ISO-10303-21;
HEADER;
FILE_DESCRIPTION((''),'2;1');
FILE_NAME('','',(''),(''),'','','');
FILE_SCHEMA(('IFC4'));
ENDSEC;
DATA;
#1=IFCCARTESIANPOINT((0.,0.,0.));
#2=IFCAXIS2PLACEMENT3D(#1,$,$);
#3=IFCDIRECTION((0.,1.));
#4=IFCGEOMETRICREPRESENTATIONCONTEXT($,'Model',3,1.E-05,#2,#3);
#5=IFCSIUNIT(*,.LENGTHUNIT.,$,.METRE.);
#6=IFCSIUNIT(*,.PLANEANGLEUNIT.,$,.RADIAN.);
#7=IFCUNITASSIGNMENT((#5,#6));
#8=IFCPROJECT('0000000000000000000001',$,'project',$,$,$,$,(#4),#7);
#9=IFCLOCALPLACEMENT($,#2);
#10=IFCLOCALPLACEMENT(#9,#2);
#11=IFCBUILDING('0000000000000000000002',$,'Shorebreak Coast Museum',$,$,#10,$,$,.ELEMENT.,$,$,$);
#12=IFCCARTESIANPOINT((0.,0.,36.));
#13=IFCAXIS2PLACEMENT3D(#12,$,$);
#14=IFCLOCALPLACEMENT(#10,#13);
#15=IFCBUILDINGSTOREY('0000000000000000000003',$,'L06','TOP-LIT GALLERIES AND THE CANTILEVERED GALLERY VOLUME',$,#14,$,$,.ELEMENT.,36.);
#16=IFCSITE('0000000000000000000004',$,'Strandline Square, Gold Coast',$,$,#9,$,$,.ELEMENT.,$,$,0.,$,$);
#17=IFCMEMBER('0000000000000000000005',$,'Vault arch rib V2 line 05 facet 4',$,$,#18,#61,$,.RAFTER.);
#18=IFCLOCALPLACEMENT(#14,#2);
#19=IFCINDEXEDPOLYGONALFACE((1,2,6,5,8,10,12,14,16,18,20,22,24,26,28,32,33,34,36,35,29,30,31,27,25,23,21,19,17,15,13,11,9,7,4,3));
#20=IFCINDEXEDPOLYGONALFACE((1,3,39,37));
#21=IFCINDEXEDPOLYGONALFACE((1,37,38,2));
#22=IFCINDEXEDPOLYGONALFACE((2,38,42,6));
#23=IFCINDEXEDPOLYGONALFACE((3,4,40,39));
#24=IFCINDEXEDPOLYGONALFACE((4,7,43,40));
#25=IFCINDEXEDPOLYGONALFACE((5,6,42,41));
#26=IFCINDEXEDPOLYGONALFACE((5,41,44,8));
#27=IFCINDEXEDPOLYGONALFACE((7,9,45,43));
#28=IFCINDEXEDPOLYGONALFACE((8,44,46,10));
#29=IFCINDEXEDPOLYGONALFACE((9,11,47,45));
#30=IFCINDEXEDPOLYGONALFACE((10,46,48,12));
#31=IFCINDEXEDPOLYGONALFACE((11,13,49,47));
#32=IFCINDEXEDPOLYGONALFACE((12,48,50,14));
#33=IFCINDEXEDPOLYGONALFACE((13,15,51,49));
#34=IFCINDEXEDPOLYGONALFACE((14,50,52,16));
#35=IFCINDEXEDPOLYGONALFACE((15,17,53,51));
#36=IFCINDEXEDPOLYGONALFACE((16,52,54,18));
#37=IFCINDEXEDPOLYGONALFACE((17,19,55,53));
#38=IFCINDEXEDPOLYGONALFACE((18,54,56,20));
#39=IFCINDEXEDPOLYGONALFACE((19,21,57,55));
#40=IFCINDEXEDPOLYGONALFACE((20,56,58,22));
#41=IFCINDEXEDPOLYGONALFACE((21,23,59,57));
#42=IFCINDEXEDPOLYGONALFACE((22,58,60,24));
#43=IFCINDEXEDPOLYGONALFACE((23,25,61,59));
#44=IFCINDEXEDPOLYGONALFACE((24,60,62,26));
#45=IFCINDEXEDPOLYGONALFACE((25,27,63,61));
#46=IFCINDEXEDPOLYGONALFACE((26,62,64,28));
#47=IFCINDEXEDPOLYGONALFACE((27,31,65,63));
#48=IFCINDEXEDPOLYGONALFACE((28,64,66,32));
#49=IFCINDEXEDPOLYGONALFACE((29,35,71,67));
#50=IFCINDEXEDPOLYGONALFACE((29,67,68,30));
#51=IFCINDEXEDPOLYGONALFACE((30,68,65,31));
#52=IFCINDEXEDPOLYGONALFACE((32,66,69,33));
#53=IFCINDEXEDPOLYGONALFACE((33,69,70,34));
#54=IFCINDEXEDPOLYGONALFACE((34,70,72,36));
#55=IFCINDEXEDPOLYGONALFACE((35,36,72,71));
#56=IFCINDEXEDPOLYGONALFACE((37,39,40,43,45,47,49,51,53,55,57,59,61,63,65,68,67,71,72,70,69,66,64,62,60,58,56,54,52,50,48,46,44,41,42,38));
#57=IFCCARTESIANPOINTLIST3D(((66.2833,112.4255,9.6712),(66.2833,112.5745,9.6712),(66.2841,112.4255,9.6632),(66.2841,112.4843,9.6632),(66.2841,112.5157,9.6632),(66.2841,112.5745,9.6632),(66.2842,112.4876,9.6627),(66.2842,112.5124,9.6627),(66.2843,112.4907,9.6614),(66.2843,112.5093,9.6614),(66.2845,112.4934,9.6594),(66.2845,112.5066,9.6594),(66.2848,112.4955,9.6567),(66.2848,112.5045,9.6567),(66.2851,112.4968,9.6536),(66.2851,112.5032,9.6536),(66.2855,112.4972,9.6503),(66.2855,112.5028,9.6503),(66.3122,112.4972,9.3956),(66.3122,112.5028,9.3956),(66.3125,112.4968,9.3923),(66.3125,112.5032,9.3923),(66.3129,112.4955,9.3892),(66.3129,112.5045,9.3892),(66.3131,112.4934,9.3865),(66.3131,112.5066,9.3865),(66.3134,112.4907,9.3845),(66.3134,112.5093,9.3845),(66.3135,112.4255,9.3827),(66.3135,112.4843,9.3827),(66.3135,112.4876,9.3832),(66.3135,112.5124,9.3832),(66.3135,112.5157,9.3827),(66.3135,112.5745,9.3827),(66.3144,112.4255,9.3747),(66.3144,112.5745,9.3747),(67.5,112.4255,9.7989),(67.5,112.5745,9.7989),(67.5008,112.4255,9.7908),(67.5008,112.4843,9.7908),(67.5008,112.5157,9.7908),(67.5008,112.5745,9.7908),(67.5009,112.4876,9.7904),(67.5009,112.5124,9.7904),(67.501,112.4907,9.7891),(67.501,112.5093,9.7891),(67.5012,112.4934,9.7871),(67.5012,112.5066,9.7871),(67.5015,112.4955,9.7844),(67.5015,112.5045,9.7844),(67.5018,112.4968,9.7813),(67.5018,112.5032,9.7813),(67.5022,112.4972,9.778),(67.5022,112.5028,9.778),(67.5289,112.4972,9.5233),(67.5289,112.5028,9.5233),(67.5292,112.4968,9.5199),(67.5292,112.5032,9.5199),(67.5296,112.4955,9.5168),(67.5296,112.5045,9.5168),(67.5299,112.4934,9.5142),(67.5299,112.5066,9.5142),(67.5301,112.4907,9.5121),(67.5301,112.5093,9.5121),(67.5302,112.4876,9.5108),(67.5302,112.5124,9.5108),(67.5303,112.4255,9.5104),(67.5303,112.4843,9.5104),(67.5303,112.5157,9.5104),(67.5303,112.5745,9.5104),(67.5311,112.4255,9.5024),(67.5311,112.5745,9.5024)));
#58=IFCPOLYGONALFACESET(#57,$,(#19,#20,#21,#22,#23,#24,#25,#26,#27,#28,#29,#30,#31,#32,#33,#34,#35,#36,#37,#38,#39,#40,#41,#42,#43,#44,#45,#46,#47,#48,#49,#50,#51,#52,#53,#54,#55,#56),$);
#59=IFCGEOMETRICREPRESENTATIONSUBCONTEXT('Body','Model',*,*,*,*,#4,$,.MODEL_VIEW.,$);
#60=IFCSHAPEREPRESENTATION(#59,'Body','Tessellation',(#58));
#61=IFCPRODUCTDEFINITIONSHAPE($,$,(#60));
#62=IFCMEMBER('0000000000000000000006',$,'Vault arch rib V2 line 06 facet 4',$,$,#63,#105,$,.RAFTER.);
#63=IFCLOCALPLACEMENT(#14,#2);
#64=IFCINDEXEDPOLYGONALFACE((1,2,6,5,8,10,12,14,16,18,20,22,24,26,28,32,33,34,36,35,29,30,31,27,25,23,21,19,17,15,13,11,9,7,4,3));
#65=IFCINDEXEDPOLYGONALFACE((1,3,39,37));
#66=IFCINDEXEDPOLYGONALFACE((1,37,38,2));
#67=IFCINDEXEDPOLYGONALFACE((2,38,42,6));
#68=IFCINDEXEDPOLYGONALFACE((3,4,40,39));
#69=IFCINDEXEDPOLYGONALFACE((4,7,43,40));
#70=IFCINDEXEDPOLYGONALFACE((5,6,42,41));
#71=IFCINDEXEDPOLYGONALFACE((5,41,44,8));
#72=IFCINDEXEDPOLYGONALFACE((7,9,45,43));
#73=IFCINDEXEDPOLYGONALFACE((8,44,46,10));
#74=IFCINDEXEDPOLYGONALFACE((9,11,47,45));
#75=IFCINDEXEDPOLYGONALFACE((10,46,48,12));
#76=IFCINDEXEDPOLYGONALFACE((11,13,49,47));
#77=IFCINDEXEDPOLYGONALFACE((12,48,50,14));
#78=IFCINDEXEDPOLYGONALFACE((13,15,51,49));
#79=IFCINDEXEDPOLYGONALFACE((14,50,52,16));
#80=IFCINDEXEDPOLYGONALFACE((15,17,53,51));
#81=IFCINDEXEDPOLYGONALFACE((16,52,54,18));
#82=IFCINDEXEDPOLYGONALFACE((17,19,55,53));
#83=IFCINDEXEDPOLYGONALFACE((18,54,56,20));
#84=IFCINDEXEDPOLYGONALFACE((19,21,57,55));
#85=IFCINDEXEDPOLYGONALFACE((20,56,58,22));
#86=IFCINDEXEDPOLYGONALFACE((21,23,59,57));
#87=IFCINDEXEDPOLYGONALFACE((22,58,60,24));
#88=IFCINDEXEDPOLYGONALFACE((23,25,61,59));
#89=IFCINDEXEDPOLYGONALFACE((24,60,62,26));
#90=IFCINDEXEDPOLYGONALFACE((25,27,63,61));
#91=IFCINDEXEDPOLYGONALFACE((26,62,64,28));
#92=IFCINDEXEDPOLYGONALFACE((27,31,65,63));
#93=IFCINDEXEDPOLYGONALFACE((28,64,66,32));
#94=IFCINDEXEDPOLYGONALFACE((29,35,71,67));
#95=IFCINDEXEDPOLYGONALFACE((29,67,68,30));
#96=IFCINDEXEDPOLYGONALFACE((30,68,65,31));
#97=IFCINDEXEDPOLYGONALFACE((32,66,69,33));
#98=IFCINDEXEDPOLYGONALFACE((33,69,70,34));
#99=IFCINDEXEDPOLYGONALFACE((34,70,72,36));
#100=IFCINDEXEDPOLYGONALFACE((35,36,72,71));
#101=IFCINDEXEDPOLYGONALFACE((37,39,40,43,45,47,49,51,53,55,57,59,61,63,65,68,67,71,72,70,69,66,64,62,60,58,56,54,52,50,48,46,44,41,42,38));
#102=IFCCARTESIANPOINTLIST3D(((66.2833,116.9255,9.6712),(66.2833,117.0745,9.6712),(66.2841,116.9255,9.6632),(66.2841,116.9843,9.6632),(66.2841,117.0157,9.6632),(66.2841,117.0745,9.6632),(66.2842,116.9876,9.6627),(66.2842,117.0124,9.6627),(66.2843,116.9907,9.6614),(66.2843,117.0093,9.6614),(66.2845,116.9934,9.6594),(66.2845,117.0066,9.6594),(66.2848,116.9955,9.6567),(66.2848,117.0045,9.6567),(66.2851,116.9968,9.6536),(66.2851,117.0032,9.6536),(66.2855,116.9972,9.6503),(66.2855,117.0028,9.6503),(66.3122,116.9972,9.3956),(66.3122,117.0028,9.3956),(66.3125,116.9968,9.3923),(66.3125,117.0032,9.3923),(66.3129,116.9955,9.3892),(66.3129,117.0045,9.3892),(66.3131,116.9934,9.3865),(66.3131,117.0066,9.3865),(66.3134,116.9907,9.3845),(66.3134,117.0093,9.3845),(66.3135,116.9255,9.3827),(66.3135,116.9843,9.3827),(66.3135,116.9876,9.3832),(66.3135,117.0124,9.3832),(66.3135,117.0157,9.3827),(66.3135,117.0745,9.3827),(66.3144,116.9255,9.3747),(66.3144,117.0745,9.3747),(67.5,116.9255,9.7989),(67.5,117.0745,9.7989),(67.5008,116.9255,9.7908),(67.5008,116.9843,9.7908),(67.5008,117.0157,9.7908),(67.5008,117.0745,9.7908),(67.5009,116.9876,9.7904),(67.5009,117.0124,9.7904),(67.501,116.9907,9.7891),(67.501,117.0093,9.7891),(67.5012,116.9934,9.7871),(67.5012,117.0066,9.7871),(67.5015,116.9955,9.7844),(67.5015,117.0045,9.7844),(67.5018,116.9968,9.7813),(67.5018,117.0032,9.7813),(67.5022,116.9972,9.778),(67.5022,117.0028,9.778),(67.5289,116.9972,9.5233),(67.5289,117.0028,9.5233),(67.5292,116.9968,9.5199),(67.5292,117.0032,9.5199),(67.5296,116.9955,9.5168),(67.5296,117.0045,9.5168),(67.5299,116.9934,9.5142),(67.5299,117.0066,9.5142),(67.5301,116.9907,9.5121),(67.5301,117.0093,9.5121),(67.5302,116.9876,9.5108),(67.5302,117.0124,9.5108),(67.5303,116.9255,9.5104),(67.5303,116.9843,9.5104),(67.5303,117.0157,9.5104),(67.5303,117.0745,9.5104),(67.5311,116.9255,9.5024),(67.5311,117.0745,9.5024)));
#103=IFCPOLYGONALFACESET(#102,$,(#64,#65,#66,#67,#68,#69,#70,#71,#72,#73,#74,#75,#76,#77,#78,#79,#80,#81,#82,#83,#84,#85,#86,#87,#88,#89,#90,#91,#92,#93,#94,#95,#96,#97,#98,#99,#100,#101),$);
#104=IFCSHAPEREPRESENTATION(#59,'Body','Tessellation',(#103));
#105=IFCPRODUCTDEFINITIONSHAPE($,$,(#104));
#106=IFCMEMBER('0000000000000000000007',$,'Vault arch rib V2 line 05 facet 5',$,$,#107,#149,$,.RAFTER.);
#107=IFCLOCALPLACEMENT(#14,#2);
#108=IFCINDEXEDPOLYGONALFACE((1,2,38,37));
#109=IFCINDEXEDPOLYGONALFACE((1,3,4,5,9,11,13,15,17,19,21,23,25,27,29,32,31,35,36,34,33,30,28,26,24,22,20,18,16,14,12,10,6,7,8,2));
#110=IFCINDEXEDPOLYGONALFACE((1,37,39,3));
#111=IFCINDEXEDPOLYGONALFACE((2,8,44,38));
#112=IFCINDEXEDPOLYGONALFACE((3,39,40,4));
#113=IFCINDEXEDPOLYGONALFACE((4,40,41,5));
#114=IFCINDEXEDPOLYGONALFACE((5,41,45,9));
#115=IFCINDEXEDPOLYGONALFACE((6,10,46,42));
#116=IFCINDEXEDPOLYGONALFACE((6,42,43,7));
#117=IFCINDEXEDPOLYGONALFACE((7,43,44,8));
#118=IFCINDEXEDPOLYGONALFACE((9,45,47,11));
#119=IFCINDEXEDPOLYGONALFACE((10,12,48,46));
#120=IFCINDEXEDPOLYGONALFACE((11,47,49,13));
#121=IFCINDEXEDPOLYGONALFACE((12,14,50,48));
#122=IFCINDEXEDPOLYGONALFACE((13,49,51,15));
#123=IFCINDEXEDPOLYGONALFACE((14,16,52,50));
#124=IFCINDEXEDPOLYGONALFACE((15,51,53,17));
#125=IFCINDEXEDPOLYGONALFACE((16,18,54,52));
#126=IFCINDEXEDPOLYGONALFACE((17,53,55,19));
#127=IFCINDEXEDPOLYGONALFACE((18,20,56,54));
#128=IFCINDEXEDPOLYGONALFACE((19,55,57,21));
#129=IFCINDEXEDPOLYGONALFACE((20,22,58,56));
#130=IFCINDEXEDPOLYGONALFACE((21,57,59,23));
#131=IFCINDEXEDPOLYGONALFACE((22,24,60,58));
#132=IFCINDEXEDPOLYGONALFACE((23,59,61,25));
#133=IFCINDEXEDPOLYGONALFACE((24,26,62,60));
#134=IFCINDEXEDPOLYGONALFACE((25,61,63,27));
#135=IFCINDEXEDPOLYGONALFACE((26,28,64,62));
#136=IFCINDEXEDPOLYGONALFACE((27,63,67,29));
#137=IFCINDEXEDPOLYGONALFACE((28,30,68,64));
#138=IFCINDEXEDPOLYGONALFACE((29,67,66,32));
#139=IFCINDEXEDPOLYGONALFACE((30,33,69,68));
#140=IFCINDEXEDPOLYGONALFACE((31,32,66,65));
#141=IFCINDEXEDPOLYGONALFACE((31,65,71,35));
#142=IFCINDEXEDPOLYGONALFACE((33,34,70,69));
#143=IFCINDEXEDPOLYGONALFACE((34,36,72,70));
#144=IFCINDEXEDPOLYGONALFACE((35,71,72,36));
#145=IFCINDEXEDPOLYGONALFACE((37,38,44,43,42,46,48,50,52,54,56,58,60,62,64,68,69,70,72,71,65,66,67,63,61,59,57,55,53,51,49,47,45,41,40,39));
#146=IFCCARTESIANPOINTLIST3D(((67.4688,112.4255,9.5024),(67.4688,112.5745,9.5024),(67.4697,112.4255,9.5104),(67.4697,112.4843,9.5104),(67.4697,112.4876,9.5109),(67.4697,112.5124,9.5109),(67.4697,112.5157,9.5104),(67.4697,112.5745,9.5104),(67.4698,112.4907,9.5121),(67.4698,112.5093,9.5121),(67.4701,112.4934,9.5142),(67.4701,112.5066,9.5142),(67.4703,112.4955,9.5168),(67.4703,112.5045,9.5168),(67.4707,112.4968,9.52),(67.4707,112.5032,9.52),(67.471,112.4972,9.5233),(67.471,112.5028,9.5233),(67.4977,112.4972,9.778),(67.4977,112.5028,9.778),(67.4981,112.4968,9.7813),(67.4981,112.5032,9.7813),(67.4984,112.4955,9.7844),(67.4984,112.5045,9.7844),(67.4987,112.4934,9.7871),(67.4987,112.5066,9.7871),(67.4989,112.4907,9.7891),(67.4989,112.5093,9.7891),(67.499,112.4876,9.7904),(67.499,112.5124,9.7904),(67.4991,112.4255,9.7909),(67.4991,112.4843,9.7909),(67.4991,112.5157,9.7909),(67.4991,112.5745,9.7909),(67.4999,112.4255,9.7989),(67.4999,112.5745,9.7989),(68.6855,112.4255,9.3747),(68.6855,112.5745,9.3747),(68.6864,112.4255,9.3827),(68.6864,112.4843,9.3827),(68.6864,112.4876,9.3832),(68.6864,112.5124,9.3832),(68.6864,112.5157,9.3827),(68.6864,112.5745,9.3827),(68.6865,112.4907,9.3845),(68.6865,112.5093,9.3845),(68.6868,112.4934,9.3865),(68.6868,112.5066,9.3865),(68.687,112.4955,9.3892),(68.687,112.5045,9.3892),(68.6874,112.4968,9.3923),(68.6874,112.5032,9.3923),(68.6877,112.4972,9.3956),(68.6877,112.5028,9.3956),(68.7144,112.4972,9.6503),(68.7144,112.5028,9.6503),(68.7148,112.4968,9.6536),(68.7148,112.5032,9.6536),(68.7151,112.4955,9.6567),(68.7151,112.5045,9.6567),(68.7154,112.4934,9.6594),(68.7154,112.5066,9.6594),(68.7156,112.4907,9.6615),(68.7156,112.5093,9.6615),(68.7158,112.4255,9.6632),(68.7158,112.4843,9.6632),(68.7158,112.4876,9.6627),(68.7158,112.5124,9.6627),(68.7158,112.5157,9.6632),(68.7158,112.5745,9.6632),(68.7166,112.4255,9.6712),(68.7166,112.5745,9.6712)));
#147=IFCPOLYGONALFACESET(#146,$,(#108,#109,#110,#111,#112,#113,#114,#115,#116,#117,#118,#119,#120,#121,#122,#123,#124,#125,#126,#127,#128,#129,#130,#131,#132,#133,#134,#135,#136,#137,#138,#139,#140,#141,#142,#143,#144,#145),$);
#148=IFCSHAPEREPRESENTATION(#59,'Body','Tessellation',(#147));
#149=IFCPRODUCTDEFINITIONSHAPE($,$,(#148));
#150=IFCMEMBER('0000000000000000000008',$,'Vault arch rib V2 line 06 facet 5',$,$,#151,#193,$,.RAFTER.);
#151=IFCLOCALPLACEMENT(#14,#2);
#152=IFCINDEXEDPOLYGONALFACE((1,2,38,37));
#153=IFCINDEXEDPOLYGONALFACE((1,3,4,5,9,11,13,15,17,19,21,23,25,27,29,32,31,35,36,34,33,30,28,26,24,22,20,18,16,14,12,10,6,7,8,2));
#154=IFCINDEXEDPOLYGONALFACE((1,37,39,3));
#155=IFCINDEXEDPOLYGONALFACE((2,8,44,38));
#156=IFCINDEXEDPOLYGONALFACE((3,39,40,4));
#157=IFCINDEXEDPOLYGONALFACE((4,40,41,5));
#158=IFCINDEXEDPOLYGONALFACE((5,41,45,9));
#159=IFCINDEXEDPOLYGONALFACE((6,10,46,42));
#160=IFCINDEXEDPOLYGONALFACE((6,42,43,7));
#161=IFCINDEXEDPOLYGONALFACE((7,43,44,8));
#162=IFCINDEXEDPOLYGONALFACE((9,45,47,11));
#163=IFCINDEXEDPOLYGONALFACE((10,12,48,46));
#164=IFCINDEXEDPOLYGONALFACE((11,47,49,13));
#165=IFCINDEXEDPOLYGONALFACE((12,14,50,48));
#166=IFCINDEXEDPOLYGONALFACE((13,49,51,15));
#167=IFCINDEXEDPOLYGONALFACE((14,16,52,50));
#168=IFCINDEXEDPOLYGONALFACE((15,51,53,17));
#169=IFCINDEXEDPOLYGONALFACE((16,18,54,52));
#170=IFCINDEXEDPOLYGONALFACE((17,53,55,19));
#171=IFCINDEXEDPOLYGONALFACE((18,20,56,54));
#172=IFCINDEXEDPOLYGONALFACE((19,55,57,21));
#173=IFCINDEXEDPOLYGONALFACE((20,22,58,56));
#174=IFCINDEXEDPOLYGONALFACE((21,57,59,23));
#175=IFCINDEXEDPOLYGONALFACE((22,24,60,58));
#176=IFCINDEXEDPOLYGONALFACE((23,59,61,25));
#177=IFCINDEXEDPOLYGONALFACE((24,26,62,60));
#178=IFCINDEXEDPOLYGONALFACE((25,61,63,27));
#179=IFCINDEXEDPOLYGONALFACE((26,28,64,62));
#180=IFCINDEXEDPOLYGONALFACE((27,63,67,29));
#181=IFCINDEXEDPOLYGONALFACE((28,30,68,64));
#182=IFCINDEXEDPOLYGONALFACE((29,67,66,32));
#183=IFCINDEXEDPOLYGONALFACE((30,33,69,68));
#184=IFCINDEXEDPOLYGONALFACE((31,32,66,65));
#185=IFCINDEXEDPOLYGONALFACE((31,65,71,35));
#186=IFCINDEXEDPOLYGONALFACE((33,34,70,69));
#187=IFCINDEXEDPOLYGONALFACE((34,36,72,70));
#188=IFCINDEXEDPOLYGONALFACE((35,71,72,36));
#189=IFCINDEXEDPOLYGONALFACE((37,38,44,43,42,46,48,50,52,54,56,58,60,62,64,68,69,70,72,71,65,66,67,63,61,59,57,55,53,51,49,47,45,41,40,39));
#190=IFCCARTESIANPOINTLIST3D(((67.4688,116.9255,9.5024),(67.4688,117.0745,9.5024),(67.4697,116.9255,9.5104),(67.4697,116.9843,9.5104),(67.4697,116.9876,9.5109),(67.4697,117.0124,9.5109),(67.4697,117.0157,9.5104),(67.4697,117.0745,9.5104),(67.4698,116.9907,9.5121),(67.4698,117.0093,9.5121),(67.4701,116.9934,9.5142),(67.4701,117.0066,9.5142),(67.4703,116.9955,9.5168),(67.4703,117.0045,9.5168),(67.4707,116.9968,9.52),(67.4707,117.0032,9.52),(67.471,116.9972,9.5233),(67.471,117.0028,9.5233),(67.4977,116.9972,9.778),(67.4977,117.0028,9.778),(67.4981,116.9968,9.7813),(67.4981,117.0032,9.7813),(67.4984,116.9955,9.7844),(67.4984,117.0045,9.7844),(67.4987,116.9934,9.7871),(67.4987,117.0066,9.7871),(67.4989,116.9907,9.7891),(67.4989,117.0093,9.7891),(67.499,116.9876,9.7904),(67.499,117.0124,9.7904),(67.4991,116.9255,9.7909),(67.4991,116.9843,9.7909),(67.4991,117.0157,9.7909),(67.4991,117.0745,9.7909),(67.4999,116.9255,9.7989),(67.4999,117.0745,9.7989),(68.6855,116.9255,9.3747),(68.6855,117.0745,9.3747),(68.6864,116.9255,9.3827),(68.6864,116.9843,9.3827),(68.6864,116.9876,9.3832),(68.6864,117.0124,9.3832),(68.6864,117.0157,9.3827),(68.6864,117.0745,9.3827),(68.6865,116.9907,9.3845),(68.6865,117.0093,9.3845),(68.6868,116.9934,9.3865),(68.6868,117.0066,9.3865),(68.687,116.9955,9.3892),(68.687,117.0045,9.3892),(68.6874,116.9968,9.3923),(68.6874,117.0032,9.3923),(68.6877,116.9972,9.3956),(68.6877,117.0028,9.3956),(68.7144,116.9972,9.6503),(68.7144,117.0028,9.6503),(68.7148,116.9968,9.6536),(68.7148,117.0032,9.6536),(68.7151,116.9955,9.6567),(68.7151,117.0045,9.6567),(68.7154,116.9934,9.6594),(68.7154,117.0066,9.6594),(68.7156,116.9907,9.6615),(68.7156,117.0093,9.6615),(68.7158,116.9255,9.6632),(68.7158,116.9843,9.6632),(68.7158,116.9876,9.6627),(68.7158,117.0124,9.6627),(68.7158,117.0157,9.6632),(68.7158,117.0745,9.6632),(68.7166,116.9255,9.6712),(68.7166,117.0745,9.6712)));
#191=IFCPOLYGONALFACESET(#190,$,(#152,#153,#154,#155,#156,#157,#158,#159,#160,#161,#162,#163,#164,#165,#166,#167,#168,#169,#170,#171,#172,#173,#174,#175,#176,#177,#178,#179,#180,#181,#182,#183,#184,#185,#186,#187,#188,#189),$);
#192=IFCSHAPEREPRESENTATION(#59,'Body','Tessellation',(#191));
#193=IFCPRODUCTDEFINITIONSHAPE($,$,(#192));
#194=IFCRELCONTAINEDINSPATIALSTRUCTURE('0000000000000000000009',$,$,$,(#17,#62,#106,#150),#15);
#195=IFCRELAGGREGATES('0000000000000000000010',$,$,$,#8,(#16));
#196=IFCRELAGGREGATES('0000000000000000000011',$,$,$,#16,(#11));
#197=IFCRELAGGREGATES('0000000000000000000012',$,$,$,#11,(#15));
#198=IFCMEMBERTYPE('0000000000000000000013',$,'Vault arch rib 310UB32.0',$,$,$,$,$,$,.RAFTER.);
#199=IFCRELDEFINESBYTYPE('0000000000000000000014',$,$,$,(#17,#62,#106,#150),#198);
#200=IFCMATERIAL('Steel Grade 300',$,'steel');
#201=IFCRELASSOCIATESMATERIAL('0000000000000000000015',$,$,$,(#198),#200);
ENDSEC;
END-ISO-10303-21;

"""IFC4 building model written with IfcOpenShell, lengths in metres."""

from ifc_helpers import new_model, si_unit, direction, frame, origin, origin_2d, place, context, subcontext, project, spatial, i_section, extrude, material, material_profile, profile_set, type_object, element, save


model = new_model("IFC4")

# Units and contexts
model_context = context("Model", 3, precision=1e-05, world=origin(), true_north=direction((0.0, 1.0)))
body_context = subcontext(model_context, "Body", "Model", "MODEL_VIEW")
ifc_project = project(units=[si_unit("LENGTHUNIT", "METRE"), si_unit("PLANEANGLEUNIT", "RADIAN")], contexts=[model_context])

# Site, building, storey
site_placement = place(None, origin())
site = spatial("IfcSite", under=ifc_project, at=site_placement, Name="Strandline Square, Gold Coast", CompositionType="ELEMENT", RefElevation=0.0)
building_placement = place(site_placement, origin())
building = spatial("IfcBuilding", under=site, at=building_placement, Name="Shorebreak Coast Museum", CompositionType="ELEMENT")
storey_placement = place(building_placement, frame((0.0, 0.0, 36.0)))
storey = spatial("IfcBuildingStorey", under=building, at=storey_placement, Name="L06", Description="TOP-LIT GALLERIES AND THE CANTILEVERED GALLERY VOLUME", CompositionType="ELEMENT", Elevation=36.0)

# Members
ifc_material_1 = material(Name="Steel Grade 300", Category="steel")
ifc_material_profile_1 = material_profile(ifc_material_1, i_section(OverallWidth=0.1489, OverallDepth=0.2981, WebThickness=0.0056, FlangeThickness=0.0081, FilletRadius=0.0129, at=origin_2d()), Name="310UB32.0")
ifc_profile_set_1 = profile_set([ifc_material_profile_1], Name="Steel Grade 300")
member_type_1 = type_object("IfcMemberType", Name="Vault arch rib 310UB32.0", PredefinedType="RAFTER", material=ifc_profile_set_1)
for number, where, z_axis, x_axis, name in (
    (1, (66.2988, 112.5, 9.5229), (0.994539, 0.0, 0.104363), (0.0, 1.0, 0.0), "Vault arch rib V2 line 05 facet 4"),
    (2, (66.2988, 117.0, 9.5229), (0.994539, 0.0, 0.104363), (0.0, 1.0, 0.0), "Vault arch rib V2 line 06 facet 4"),
    (3, (67.4844, 112.5, 9.6506), (0.994539, 0.0, -0.104363), (0.0, 1.0, 0.0), "Vault arch rib V2 line 05 facet 5"),
    (4, (67.4844, 117.0, 9.6506), (0.994539, 0.0, -0.104363), (0.0, 1.0, 0.0), "Vault arch rib V2 line 06 facet 5"),
):
    element("IfcMember", number, at=place(storey_placement, frame(where, z_axis=z_axis, x_axis=x_axis)), inside=storey, type_object=member_type_1, Name=name, PredefinedType="RAFTER", context=body_context, shape_type="SweptSolid", body=[
        extrude(i_section(OverallWidth=0.1489, OverallDepth=0.2981, WebThickness=0.0056, FlangeThickness=0.0081, FilletRadius=0.0129, at=origin_2d()), origin(), (0.0, 0.0, 1.0), 1.2234),
    ])

save(model, "model.ifc")
